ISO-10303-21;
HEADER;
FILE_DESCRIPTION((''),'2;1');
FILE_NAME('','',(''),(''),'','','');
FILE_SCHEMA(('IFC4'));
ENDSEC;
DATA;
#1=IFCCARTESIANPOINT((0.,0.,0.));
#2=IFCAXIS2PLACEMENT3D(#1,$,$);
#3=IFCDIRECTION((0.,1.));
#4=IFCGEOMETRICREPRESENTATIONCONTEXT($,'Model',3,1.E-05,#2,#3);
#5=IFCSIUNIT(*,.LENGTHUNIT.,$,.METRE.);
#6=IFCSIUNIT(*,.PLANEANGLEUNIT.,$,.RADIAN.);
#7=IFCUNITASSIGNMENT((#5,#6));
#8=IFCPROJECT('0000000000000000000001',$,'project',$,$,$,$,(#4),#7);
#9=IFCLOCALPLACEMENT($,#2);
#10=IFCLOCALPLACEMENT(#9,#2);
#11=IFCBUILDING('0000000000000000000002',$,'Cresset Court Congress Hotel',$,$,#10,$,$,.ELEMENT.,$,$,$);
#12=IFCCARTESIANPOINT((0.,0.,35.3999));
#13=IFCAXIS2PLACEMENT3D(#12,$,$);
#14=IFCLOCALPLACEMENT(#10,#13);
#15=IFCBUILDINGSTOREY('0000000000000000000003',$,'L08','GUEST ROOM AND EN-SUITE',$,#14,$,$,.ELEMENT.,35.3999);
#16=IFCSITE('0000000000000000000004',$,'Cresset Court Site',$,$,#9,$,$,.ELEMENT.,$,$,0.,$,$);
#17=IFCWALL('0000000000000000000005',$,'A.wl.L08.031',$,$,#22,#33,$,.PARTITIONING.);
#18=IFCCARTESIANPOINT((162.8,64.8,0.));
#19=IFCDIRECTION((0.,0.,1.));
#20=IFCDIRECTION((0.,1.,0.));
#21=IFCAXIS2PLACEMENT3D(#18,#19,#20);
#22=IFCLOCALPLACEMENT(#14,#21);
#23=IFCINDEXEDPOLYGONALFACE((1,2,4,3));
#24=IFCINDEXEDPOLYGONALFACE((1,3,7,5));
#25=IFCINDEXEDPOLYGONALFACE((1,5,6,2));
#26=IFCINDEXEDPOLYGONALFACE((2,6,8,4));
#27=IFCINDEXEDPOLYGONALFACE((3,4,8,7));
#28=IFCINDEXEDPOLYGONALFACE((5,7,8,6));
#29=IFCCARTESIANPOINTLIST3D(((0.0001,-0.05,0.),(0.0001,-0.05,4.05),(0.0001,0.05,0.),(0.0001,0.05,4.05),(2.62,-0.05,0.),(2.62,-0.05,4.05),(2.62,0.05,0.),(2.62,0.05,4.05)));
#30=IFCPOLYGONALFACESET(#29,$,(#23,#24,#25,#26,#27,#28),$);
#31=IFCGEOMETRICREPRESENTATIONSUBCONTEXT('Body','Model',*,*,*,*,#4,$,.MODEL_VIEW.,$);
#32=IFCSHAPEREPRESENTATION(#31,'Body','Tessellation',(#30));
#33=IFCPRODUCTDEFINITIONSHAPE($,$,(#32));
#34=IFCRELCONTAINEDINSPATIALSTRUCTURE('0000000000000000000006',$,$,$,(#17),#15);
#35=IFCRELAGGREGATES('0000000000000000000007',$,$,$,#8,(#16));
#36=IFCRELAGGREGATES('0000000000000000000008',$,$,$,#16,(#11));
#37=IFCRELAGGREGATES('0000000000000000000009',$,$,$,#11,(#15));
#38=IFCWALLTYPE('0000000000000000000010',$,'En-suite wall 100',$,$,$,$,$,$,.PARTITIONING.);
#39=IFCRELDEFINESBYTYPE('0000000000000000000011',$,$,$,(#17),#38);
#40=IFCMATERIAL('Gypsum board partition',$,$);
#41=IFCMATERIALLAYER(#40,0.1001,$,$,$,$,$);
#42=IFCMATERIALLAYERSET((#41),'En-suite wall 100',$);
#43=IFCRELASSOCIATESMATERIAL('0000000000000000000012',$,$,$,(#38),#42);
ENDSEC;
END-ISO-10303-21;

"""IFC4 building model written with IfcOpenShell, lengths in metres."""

from ifc_helpers import new_model, si_unit, direction, frame, frame_2d, origin, place, context, subcontext, project, spatial, rectangle, extrude, material, layer, layer_set, type_object, element, save


model = new_model("IFC4")

# Units and contexts
model_context = context("Model", 3, precision=1e-05, world=origin(), true_north=direction((0.0, 1.0)))
body_context = subcontext(model_context, "Body", "Model", "MODEL_VIEW")
ifc_project = project(units=[si_unit("LENGTHUNIT", "METRE"), si_unit("PLANEANGLEUNIT", "RADIAN")], contexts=[model_context])

# Site, building, storey
site_placement = place(None, origin())
site = spatial("IfcSite", under=ifc_project, at=site_placement, Name="Cresset Court Site", CompositionType="ELEMENT", RefElevation=0.0)
building_placement = place(site_placement, origin())
building = spatial("IfcBuilding", under=site, at=building_placement, Name="Cresset Court Congress Hotel", CompositionType="ELEMENT")
storey_placement = place(building_placement, frame((0.0, 0.0, 35.3999)))
storey = spatial("IfcBuildingStorey", under=building, at=storey_placement, Name="L08", Description="GUEST ROOM AND EN-SUITE", CompositionType="ELEMENT", Elevation=35.3999)

# Shared definitions
ifc_material_1 = material(Name="Gypsum board partition")
ifc_layer_1 = layer(ifc_material_1, 0.1001)
ifc_layer_set_1 = layer_set([ifc_layer_1], Name="En-suite wall 100")
wall_type_1 = type_object("IfcWallType", Name="En-suite wall 100", PredefinedType="PARTITIONING", material=ifc_layer_set_1)

# Wall
wall_1_placement = place(storey_placement, frame((162.8, 64.8, 0.0), z_axis=(0.0, 0.0, 1.0), x_axis=(0.0, 1.0, 0.0)))
element("IfcWall", 1, at=wall_1_placement, inside=storey, type_object=wall_type_1, Name="A.wl.L08.031", PredefinedType="PARTITIONING", context=body_context, shape_type="SweptSolid", body=[
    extrude(rectangle(XDim=2.6199, YDim=0.1001, at=frame_2d((1.3101, 0.0))), origin(), (0.0, 0.0, 1.0), 4.05),
])

save(model, "model.ifc")
